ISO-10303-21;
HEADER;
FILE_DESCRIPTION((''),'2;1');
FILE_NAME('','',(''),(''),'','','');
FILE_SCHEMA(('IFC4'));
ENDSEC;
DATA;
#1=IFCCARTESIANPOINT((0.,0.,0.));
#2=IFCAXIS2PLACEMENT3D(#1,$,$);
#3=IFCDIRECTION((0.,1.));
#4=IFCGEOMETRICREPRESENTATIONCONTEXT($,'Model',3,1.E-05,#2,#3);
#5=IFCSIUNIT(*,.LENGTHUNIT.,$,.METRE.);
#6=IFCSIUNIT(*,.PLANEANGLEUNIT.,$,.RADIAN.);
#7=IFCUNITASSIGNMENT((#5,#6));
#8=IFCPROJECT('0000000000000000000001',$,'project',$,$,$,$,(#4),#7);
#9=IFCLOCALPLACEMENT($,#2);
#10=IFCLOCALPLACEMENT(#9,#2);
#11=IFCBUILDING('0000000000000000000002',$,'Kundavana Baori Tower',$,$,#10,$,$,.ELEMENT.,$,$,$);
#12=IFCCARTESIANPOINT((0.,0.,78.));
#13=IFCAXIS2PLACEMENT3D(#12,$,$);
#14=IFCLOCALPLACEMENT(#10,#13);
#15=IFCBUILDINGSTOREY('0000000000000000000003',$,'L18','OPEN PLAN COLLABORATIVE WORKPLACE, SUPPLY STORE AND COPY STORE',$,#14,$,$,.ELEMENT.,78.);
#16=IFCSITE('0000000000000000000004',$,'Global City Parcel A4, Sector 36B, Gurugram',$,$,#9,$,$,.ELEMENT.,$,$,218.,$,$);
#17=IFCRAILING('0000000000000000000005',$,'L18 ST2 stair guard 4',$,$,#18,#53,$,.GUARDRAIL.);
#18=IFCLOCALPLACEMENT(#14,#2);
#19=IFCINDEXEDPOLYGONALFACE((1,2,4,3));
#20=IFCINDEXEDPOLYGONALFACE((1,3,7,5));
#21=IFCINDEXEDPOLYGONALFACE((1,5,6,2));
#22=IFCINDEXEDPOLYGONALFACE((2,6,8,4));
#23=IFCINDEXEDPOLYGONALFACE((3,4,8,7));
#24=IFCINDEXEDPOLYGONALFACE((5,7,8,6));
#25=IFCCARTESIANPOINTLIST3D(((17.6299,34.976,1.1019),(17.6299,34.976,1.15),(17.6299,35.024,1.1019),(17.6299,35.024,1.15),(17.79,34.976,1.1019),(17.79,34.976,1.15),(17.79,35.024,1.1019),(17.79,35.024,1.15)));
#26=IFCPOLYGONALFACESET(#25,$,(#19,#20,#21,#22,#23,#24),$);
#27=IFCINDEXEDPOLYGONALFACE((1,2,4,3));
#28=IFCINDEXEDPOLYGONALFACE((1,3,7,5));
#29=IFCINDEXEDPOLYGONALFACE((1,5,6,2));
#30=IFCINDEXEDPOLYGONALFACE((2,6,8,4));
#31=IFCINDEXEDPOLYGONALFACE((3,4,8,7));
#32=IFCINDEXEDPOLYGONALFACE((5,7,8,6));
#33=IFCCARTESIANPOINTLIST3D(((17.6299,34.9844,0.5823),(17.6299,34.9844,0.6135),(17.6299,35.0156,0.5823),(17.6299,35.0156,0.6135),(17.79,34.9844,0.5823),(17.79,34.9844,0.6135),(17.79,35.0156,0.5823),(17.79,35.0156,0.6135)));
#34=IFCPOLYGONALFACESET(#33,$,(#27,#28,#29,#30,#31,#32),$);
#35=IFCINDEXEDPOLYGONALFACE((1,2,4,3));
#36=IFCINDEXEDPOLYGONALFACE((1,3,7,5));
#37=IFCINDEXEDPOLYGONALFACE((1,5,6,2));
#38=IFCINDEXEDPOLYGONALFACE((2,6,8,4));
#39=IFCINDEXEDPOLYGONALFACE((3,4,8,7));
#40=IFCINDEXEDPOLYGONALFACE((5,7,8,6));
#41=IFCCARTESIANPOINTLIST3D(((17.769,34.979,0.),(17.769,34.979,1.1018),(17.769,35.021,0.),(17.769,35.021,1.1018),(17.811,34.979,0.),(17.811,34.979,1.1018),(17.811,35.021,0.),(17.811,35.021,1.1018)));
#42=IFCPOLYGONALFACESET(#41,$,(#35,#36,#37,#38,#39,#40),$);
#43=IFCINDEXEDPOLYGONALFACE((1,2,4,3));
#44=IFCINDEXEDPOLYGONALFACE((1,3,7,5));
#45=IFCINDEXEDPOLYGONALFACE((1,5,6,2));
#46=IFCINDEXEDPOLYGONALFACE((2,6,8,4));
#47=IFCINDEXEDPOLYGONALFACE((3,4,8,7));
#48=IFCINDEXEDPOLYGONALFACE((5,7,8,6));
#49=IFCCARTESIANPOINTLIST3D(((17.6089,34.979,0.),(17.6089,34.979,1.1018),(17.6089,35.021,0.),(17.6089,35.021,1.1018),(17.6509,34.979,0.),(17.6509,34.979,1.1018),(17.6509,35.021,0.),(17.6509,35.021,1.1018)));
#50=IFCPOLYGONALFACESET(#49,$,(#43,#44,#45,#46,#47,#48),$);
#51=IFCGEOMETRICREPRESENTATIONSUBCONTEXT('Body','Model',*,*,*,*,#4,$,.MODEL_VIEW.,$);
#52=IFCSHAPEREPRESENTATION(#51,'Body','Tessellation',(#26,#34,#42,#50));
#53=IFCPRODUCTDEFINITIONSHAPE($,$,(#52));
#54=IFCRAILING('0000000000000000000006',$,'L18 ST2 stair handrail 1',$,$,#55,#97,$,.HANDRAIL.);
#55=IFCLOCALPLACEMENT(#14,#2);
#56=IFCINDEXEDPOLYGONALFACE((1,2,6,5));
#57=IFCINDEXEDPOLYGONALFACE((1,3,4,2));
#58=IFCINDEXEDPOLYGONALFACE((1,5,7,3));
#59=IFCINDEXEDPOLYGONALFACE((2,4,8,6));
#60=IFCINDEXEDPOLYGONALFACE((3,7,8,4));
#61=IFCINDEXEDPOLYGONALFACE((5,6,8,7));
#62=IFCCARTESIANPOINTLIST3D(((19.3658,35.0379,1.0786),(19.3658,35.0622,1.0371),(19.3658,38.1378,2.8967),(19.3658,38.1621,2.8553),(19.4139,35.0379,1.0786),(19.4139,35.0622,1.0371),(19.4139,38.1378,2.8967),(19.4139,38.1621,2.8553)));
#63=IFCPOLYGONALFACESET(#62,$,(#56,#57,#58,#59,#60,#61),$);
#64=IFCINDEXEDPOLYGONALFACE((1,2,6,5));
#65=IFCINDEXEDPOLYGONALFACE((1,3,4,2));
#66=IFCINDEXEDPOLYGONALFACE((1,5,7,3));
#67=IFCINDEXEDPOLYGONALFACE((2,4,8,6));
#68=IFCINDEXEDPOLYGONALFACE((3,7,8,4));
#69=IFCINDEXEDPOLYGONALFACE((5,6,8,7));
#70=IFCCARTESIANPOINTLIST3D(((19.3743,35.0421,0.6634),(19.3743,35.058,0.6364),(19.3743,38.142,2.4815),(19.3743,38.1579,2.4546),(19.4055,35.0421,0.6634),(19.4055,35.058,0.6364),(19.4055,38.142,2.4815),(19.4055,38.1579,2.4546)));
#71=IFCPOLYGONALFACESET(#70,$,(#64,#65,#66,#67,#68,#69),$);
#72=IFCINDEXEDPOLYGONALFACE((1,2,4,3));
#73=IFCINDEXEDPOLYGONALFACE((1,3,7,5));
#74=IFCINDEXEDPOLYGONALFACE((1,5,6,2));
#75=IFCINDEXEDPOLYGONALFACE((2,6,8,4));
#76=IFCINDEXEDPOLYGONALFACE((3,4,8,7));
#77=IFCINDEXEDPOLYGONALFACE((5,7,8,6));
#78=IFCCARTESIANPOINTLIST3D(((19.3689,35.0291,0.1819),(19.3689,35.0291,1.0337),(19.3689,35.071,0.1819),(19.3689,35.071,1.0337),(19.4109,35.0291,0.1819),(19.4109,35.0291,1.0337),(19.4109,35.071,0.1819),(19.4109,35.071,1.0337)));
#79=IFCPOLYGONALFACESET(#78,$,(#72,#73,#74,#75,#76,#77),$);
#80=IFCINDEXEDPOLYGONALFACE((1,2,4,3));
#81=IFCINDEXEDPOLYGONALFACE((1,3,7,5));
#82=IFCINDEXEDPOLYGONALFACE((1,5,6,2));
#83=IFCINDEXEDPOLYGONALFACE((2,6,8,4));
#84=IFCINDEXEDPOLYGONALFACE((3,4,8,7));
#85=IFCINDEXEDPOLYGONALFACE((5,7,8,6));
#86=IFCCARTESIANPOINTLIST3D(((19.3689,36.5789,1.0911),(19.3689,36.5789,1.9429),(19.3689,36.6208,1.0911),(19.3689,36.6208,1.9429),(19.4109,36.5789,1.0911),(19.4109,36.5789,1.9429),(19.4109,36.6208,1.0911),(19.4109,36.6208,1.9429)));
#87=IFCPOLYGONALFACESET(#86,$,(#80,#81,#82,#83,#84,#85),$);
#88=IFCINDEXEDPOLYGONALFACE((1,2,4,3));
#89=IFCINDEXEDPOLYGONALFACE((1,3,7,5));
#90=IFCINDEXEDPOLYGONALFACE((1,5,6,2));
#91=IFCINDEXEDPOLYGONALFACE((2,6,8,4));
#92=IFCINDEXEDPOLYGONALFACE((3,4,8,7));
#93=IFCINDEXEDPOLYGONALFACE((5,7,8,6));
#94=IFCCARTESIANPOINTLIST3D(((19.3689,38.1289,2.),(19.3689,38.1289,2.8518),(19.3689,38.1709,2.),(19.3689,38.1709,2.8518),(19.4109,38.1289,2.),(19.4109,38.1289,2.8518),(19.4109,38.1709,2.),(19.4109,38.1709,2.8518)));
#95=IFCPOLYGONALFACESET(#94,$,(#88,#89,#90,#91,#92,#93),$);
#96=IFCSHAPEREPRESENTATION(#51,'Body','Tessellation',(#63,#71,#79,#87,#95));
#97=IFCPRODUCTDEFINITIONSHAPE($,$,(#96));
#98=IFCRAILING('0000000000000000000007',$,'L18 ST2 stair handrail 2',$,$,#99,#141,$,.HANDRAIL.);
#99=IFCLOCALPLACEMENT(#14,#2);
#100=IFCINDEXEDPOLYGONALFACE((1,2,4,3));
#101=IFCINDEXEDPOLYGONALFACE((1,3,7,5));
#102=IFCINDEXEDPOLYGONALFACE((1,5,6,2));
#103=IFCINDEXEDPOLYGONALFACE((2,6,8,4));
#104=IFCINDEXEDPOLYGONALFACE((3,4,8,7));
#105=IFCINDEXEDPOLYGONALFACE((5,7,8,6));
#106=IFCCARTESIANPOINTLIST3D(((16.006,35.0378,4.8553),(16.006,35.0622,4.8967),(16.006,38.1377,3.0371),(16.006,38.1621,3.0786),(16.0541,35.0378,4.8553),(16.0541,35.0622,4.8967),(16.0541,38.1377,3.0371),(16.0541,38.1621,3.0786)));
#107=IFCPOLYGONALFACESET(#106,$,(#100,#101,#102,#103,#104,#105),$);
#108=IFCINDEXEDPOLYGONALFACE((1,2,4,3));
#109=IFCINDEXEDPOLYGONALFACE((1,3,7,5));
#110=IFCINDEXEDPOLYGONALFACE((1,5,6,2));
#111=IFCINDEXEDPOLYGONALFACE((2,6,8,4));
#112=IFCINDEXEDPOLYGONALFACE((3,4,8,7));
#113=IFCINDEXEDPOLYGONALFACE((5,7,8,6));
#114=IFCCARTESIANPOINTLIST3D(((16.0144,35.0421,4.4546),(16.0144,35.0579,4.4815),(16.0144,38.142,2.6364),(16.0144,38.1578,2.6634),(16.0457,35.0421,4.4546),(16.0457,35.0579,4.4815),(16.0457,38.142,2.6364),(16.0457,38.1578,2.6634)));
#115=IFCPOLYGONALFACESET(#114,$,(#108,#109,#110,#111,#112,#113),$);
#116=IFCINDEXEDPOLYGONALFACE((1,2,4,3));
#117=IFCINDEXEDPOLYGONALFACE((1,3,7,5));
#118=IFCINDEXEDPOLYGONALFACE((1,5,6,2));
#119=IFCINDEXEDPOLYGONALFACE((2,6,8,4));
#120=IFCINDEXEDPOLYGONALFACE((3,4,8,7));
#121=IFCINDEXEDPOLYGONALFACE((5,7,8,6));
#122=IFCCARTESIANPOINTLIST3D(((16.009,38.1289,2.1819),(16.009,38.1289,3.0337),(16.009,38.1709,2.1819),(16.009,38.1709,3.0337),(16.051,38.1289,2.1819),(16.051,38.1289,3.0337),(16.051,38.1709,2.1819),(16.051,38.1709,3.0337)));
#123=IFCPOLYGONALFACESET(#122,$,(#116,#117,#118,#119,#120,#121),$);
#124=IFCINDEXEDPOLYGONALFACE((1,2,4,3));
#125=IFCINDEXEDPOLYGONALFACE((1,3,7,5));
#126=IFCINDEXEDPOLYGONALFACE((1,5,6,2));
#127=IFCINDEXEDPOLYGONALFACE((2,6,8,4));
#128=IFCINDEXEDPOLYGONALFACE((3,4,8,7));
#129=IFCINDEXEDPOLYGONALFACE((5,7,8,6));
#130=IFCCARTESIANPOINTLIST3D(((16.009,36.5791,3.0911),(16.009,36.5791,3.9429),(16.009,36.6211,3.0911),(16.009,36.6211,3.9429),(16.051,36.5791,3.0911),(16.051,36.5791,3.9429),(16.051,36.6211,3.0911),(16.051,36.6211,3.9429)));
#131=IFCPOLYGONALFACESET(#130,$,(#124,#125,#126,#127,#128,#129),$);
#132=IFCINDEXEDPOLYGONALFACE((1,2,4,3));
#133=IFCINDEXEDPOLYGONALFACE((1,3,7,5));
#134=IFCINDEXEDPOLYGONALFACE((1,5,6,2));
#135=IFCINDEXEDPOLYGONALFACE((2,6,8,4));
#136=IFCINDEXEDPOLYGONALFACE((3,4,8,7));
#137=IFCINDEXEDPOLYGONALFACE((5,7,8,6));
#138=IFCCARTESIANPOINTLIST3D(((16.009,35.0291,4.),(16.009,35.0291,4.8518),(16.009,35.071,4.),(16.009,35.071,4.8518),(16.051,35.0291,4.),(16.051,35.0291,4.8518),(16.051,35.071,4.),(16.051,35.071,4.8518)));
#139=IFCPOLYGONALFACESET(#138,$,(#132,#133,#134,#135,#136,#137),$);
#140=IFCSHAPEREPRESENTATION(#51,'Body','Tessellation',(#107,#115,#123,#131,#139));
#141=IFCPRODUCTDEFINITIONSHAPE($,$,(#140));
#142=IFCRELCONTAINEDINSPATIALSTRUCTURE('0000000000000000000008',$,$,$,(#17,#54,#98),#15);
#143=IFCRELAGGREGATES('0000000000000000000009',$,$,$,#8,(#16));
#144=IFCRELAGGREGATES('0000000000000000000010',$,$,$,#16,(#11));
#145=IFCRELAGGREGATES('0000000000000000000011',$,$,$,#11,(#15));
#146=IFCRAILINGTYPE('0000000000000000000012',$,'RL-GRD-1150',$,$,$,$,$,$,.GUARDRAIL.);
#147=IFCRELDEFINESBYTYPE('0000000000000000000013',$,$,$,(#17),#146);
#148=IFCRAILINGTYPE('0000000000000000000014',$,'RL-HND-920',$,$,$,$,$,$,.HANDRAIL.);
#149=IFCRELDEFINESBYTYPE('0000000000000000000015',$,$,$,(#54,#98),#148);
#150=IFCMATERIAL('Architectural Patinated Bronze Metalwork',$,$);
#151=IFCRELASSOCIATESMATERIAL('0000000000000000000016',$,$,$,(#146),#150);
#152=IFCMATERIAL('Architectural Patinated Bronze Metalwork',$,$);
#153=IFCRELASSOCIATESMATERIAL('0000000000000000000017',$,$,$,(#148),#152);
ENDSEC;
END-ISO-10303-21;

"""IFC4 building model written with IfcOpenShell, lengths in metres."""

from ifc_helpers import new_model, si_unit, direction, frame, origin, origin_2d, place, context, subcontext, project, spatial, rectangle, extrude, material, type_object, element, save


model = new_model("IFC4")

# Units and contexts
model_context = context("Model", 3, precision=1e-05, world=origin(), true_north=direction((0.0, 1.0)))
body_context = subcontext(model_context, "Body", "Model", "MODEL_VIEW")
ifc_project = project(units=[si_unit("LENGTHUNIT", "METRE"), si_unit("PLANEANGLEUNIT", "RADIAN")], contexts=[model_context])

# Site, building, storey
site_placement = place(None, origin())
site = spatial("IfcSite", under=ifc_project, at=site_placement, Name="Global City Parcel A4, Sector 36B, Gurugram", CompositionType="ELEMENT", RefElevation=218.0)
building_placement = place(site_placement, origin())
building = spatial("IfcBuilding", under=site, at=building_placement, Name="Kundavana Baori Tower", CompositionType="ELEMENT")
storey_placement = place(building_placement, frame((0.0, 0.0, 78.0)))
storey = spatial("IfcBuildingStorey", under=building, at=storey_placement, Name="L18", Description="OPEN PLAN COLLABORATIVE WORKPLACE, SUPPLY STORE AND COPY STORE", CompositionType="ELEMENT", Elevation=78.0)

# Railings
ifc_material_1 = material(Name="Architectural Patinated Bronze Metalwork")
railing_type_1 = type_object("IfcRailingType", Name="RL-GRD-1150", PredefinedType="GUARDRAIL", material=ifc_material_1)
railing_1_placement = place(storey_placement, frame((17.79, 35.0, 0.0)))
element("IfcRailing", 1, at=railing_1_placement, inside=storey, type_object=railing_type_1, Name="L18 ST2 stair guard 4", PredefinedType="GUARDRAIL", context=body_context, shape_type="SweptSolid", body=[
    extrude(rectangle(XDim=0.0481, YDim=0.0481, at=origin_2d()), frame((0.0, 0.0, 1.126), z_axis=(-1.0, 0.0, 0.0), x_axis=(0.0, -1.0, 0.0)), (0.0, 0.0, 1.0), 0.1602),
    extrude(rectangle(XDim=0.0312, YDim=0.0312, at=origin_2d()), frame((0.0, 0.0, 0.5979), z_axis=(-1.0, 0.0, 0.0), x_axis=(0.0, -1.0, 0.0)), (0.0, 0.0, 1.0), 0.1602),
    extrude(rectangle(XDim=0.042, YDim=0.042, at=origin_2d()), origin(), (0.0, 0.0, 1.0), 1.1018),
    extrude(rectangle(XDim=0.042, YDim=0.042, at=origin_2d()), frame((-0.1602, 0.0, 0.0)), (0.0, 0.0, 1.0), 1.1018),
])
ifc_material_2 = material(Name="Architectural Patinated Bronze Metalwork")
railing_type_2 = type_object("IfcRailingType", Name="RL-HND-920", PredefinedType="HANDRAIL", material=ifc_material_2)
railing_2_placement = place(storey_placement, frame((19.3899, 35.05, 0.1819)))
element("IfcRailing", 2, at=railing_2_placement, inside=storey, type_object=railing_type_2, Name="L18 ST2 stair handrail 1", PredefinedType="HANDRAIL", context=body_context, shape_type="SweptSolid", body=[
    extrude(rectangle(XDim=0.0481, YDim=0.0481, at=origin_2d()), frame((0.0, 0.0, 0.876), z_axis=(0.0, 0.862581, 0.505918), x_axis=(-1.0, 0.0, 0.0)), (0.0, 0.0, 1.0), 3.5938),
    extrude(rectangle(XDim=0.0312, YDim=0.0312, at=origin_2d()), frame((0.0, 0.0, 0.468), z_axis=(0.0, 0.862581, 0.505918), x_axis=(-1.0, 0.0, 0.0)), (0.0, 0.0, 1.0), 3.5938),
    extrude(rectangle(XDim=0.042, YDim=0.042, at=origin_2d()), origin(), (0.0, 0.0, 1.0), 0.8518),
    extrude(rectangle(XDim=0.042, YDim=0.042, at=origin_2d()), frame((0.0, 1.5498, 0.9092)), (0.0, 0.0, 1.0), 0.8518),
    extrude(rectangle(XDim=0.042, YDim=0.042, at=origin_2d()), frame((0.0, 3.0999, 1.8181)), (0.0, 0.0, 1.0), 0.8518),
])
railing_3_placement = place(storey_placement, frame((16.03, 38.1499, 2.1819)))
element("IfcRailing", 3, at=railing_3_placement, inside=storey, type_object=railing_type_2, Name="L18 ST2 stair handrail 2", PredefinedType="HANDRAIL", context=body_context, shape_type="SweptSolid", body=[
    extrude(rectangle(XDim=0.0481, YDim=0.0481, at=origin_2d()), frame((0.0, 0.0, 0.876), z_axis=(0.0, -0.862581, 0.505918), x_axis=(1.0, 0.0, 0.0)), (0.0, 0.0, 1.0), 3.5938),
    extrude(rectangle(XDim=0.0312, YDim=0.0312, at=origin_2d()), frame((0.0, 0.0, 0.468), z_axis=(0.0, -0.862581, 0.505918), x_axis=(1.0, 0.0, 0.0)), (0.0, 0.0, 1.0), 3.5938),
    extrude(rectangle(XDim=0.042, YDim=0.042, at=origin_2d()), origin(), (0.0, 0.0, 1.0), 0.8518),
    extrude(rectangle(XDim=0.042, YDim=0.042, at=origin_2d()), frame((0.0, -1.5498, 0.9092)), (0.0, 0.0, 1.0), 0.8518),
    extrude(rectangle(XDim=0.042, YDim=0.042, at=origin_2d()), frame((0.0, -3.0999, 1.8181)), (0.0, 0.0, 1.0), 0.8518),
])

save(model, "model.ifc")
